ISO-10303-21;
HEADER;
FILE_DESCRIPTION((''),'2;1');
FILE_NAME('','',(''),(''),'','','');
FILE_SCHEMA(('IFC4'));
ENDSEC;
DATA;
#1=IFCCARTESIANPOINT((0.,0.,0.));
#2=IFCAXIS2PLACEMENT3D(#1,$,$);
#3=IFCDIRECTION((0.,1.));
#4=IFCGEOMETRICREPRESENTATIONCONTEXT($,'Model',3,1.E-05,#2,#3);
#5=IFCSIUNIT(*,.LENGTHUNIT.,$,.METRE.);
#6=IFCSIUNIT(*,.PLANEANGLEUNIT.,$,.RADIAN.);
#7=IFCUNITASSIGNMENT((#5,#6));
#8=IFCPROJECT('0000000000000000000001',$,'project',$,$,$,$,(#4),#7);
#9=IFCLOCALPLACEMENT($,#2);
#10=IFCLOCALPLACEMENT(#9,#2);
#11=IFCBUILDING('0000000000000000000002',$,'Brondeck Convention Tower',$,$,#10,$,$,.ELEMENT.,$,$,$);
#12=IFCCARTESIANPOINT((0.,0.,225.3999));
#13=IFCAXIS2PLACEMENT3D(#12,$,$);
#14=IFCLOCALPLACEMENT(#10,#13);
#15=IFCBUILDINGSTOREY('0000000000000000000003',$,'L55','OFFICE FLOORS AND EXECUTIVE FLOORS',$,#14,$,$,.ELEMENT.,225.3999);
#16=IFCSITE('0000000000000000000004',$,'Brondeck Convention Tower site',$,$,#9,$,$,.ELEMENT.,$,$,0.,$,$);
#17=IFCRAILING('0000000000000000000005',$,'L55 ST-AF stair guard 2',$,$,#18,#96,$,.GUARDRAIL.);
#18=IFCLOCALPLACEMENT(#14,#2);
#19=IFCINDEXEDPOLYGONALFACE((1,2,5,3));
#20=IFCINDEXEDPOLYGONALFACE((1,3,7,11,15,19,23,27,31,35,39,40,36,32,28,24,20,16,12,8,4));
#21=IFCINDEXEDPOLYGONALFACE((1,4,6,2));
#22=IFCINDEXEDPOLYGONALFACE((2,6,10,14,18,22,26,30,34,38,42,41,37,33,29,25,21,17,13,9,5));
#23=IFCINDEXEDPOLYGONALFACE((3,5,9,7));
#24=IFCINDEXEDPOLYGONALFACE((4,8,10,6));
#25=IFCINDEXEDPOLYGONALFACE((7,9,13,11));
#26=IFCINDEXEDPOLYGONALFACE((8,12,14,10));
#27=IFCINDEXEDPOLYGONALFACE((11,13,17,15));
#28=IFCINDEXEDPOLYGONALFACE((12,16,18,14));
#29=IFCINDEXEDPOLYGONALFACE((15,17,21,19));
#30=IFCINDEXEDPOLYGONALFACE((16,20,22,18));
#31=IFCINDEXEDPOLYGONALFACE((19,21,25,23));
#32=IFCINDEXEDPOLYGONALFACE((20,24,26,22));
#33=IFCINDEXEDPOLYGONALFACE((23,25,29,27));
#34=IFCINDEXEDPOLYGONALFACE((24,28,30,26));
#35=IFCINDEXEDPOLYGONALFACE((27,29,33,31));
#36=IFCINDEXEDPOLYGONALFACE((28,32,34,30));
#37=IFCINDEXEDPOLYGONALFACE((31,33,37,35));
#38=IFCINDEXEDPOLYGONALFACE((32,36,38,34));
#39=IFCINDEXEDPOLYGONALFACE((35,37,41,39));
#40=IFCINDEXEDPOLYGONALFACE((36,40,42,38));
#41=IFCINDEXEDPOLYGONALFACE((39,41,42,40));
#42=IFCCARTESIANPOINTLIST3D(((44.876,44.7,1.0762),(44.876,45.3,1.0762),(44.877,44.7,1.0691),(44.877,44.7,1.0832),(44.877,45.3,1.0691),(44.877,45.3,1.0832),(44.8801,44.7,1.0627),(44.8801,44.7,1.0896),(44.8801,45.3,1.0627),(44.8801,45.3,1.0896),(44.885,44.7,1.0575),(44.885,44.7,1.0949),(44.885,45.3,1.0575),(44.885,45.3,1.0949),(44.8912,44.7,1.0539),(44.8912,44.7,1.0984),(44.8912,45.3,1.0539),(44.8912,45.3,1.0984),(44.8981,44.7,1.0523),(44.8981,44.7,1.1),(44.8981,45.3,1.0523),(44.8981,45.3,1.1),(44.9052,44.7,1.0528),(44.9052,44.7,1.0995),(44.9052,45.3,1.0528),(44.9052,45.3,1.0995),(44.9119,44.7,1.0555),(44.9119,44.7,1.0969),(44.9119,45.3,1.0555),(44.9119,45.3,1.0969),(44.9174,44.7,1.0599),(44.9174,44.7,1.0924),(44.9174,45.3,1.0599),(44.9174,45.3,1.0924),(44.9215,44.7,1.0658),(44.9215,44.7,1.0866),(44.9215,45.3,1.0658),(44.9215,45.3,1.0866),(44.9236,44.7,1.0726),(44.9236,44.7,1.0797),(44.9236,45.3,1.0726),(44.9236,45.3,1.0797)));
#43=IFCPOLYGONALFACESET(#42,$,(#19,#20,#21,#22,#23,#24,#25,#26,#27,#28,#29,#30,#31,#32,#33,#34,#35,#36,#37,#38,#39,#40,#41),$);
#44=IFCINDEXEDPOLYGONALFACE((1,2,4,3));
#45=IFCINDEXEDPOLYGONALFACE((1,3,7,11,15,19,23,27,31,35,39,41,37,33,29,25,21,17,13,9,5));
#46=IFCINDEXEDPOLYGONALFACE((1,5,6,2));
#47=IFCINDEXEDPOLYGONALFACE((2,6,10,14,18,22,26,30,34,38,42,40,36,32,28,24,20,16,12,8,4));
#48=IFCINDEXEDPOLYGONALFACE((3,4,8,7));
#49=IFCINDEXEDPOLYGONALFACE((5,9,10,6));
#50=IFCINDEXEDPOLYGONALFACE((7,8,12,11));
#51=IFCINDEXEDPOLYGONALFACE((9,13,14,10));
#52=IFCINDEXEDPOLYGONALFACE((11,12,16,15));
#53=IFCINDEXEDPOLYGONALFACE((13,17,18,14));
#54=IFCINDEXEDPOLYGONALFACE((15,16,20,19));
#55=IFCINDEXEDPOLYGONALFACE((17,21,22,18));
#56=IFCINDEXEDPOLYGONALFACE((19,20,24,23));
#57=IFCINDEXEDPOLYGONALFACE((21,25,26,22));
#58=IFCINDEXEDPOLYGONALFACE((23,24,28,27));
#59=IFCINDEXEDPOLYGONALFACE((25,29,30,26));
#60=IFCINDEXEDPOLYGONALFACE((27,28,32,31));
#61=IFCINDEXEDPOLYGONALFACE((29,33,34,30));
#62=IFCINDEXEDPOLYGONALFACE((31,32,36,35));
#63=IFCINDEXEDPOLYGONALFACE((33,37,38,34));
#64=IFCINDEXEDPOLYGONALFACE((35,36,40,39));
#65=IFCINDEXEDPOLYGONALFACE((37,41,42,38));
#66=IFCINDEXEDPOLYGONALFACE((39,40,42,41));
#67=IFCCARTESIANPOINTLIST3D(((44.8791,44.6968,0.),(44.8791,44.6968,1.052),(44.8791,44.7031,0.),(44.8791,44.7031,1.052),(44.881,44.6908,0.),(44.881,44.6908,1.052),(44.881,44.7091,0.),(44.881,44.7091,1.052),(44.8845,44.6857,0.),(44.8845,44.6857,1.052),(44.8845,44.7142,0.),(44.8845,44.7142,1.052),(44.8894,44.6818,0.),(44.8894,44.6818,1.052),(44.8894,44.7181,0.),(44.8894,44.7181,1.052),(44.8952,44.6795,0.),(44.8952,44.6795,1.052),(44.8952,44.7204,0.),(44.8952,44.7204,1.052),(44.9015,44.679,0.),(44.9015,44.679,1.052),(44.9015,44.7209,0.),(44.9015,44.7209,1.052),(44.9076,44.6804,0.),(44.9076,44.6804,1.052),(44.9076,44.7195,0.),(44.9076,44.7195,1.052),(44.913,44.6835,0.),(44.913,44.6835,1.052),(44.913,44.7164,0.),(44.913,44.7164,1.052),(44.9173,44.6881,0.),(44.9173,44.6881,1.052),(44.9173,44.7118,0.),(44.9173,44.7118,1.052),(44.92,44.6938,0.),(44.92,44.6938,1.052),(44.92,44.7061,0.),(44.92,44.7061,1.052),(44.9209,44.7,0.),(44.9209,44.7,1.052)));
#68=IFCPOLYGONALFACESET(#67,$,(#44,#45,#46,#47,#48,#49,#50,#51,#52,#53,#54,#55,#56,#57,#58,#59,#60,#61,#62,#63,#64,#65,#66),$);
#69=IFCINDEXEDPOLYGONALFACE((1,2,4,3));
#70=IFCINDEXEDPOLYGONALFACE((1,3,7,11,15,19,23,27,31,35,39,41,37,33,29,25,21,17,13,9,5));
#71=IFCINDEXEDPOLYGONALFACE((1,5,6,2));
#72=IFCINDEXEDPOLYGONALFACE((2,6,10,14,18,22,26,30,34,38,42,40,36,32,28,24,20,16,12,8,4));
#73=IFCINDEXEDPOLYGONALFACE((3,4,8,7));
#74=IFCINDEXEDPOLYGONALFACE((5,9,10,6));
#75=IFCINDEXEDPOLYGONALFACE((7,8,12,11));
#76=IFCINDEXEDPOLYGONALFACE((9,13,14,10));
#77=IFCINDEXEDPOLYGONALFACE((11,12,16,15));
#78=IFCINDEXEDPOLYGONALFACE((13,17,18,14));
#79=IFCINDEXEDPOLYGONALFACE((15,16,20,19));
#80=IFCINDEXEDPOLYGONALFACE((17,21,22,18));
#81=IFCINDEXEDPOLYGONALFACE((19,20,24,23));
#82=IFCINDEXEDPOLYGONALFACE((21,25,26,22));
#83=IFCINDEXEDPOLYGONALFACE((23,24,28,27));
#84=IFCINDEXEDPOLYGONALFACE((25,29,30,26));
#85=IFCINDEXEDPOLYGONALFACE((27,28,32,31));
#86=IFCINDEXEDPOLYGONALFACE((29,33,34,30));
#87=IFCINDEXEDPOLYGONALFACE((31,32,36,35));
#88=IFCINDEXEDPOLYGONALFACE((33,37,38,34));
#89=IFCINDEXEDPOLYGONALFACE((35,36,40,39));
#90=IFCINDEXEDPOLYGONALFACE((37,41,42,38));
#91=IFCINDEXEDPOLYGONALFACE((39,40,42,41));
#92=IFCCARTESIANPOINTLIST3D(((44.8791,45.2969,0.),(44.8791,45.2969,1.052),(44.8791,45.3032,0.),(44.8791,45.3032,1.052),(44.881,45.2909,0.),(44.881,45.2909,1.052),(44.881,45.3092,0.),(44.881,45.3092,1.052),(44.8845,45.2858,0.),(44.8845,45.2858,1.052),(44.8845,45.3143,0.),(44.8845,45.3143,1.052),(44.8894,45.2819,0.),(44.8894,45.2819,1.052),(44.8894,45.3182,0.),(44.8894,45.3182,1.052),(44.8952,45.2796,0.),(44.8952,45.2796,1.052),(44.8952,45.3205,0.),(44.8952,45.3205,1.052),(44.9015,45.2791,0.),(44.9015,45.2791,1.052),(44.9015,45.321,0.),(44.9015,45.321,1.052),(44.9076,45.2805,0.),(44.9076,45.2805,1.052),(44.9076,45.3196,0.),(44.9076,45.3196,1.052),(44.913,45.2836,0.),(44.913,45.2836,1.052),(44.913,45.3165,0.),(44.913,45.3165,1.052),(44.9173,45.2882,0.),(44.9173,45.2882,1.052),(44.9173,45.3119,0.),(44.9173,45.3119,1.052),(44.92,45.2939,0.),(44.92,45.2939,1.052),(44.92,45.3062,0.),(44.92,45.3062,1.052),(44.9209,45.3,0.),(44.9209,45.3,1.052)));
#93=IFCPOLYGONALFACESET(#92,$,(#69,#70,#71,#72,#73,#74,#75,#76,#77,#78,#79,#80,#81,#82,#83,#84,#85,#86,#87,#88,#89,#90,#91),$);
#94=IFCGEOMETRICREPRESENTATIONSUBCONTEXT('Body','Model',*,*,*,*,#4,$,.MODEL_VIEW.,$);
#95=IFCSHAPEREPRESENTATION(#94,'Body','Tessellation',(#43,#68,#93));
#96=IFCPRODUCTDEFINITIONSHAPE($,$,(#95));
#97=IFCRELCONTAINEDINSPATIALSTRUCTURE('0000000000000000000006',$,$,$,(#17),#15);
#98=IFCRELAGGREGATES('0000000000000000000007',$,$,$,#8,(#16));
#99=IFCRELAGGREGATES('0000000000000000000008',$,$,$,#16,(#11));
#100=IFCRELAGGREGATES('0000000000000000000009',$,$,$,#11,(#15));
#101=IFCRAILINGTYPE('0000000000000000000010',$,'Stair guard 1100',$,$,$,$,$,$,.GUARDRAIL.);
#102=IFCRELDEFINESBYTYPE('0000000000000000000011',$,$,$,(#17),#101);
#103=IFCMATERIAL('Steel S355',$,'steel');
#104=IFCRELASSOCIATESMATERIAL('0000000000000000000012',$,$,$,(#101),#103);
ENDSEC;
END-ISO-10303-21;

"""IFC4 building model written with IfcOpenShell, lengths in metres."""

from ifc_helpers import new_model, si_unit, direction, frame, origin, origin_2d, place, context, subcontext, project, spatial, circle, extrude, material, type_object, element, save


model = new_model("IFC4")

# Units and contexts
model_context = context("Model", 3, precision=1e-05, world=origin(), true_north=direction((0.0, 1.0)))
body_context = subcontext(model_context, "Body", "Model", "MODEL_VIEW")
ifc_project = project(units=[si_unit("LENGTHUNIT", "METRE"), si_unit("PLANEANGLEUNIT", "RADIAN")], contexts=[model_context])

# Site, building, storey
site_placement = place(None, origin())
site = spatial("IfcSite", under=ifc_project, at=site_placement, Name="Brondeck Convention Tower site", CompositionType="ELEMENT", RefElevation=0.0)
building_placement = place(site_placement, origin())
building = spatial("IfcBuilding", under=site, at=building_placement, Name="Brondeck Convention Tower", CompositionType="ELEMENT")
storey_placement = place(building_placement, frame((0.0, 0.0, 225.3999)))
storey = spatial("IfcBuildingStorey", under=building, at=storey_placement, Name="L55", Description="OFFICE FLOORS AND EXECUTIVE FLOORS", CompositionType="ELEMENT", Elevation=225.3999)

# Shared definitions
ifc_material_1 = material(Name="Steel S355", Category="steel")

# Railing
railing_type_1 = type_object("IfcRailingType", Name="Stair guard 1100", PredefinedType="GUARDRAIL", material=ifc_material_1)
railing_1_placement = place(storey_placement, frame((44.8999, 44.7, 0.0)))
element("IfcRailing", 1, at=railing_1_placement, inside=storey, type_object=railing_type_1, Name="L55 ST-AF stair guard 2", PredefinedType="GUARDRAIL", context=body_context, shape_type="SweptSolid", body=[
    extrude(circle(Radius=0.0239, at=origin_2d()), frame((0.0, 0.0, 1.0762), z_axis=(0.0, 1.0, 0.0), x_axis=(-1.0, 0.0, 0.0)), (0.0, 0.0, 1.0), 0.6001),
    extrude(circle(Radius=0.021, at=origin_2d()), origin(), (0.0, 0.0, 1.0), 1.052),
    extrude(circle(Radius=0.021, at=origin_2d()), frame((0.0, 0.6001, 0.0)), (0.0, 0.0, 1.0), 1.052),
])

save(model, "model.ifc")
